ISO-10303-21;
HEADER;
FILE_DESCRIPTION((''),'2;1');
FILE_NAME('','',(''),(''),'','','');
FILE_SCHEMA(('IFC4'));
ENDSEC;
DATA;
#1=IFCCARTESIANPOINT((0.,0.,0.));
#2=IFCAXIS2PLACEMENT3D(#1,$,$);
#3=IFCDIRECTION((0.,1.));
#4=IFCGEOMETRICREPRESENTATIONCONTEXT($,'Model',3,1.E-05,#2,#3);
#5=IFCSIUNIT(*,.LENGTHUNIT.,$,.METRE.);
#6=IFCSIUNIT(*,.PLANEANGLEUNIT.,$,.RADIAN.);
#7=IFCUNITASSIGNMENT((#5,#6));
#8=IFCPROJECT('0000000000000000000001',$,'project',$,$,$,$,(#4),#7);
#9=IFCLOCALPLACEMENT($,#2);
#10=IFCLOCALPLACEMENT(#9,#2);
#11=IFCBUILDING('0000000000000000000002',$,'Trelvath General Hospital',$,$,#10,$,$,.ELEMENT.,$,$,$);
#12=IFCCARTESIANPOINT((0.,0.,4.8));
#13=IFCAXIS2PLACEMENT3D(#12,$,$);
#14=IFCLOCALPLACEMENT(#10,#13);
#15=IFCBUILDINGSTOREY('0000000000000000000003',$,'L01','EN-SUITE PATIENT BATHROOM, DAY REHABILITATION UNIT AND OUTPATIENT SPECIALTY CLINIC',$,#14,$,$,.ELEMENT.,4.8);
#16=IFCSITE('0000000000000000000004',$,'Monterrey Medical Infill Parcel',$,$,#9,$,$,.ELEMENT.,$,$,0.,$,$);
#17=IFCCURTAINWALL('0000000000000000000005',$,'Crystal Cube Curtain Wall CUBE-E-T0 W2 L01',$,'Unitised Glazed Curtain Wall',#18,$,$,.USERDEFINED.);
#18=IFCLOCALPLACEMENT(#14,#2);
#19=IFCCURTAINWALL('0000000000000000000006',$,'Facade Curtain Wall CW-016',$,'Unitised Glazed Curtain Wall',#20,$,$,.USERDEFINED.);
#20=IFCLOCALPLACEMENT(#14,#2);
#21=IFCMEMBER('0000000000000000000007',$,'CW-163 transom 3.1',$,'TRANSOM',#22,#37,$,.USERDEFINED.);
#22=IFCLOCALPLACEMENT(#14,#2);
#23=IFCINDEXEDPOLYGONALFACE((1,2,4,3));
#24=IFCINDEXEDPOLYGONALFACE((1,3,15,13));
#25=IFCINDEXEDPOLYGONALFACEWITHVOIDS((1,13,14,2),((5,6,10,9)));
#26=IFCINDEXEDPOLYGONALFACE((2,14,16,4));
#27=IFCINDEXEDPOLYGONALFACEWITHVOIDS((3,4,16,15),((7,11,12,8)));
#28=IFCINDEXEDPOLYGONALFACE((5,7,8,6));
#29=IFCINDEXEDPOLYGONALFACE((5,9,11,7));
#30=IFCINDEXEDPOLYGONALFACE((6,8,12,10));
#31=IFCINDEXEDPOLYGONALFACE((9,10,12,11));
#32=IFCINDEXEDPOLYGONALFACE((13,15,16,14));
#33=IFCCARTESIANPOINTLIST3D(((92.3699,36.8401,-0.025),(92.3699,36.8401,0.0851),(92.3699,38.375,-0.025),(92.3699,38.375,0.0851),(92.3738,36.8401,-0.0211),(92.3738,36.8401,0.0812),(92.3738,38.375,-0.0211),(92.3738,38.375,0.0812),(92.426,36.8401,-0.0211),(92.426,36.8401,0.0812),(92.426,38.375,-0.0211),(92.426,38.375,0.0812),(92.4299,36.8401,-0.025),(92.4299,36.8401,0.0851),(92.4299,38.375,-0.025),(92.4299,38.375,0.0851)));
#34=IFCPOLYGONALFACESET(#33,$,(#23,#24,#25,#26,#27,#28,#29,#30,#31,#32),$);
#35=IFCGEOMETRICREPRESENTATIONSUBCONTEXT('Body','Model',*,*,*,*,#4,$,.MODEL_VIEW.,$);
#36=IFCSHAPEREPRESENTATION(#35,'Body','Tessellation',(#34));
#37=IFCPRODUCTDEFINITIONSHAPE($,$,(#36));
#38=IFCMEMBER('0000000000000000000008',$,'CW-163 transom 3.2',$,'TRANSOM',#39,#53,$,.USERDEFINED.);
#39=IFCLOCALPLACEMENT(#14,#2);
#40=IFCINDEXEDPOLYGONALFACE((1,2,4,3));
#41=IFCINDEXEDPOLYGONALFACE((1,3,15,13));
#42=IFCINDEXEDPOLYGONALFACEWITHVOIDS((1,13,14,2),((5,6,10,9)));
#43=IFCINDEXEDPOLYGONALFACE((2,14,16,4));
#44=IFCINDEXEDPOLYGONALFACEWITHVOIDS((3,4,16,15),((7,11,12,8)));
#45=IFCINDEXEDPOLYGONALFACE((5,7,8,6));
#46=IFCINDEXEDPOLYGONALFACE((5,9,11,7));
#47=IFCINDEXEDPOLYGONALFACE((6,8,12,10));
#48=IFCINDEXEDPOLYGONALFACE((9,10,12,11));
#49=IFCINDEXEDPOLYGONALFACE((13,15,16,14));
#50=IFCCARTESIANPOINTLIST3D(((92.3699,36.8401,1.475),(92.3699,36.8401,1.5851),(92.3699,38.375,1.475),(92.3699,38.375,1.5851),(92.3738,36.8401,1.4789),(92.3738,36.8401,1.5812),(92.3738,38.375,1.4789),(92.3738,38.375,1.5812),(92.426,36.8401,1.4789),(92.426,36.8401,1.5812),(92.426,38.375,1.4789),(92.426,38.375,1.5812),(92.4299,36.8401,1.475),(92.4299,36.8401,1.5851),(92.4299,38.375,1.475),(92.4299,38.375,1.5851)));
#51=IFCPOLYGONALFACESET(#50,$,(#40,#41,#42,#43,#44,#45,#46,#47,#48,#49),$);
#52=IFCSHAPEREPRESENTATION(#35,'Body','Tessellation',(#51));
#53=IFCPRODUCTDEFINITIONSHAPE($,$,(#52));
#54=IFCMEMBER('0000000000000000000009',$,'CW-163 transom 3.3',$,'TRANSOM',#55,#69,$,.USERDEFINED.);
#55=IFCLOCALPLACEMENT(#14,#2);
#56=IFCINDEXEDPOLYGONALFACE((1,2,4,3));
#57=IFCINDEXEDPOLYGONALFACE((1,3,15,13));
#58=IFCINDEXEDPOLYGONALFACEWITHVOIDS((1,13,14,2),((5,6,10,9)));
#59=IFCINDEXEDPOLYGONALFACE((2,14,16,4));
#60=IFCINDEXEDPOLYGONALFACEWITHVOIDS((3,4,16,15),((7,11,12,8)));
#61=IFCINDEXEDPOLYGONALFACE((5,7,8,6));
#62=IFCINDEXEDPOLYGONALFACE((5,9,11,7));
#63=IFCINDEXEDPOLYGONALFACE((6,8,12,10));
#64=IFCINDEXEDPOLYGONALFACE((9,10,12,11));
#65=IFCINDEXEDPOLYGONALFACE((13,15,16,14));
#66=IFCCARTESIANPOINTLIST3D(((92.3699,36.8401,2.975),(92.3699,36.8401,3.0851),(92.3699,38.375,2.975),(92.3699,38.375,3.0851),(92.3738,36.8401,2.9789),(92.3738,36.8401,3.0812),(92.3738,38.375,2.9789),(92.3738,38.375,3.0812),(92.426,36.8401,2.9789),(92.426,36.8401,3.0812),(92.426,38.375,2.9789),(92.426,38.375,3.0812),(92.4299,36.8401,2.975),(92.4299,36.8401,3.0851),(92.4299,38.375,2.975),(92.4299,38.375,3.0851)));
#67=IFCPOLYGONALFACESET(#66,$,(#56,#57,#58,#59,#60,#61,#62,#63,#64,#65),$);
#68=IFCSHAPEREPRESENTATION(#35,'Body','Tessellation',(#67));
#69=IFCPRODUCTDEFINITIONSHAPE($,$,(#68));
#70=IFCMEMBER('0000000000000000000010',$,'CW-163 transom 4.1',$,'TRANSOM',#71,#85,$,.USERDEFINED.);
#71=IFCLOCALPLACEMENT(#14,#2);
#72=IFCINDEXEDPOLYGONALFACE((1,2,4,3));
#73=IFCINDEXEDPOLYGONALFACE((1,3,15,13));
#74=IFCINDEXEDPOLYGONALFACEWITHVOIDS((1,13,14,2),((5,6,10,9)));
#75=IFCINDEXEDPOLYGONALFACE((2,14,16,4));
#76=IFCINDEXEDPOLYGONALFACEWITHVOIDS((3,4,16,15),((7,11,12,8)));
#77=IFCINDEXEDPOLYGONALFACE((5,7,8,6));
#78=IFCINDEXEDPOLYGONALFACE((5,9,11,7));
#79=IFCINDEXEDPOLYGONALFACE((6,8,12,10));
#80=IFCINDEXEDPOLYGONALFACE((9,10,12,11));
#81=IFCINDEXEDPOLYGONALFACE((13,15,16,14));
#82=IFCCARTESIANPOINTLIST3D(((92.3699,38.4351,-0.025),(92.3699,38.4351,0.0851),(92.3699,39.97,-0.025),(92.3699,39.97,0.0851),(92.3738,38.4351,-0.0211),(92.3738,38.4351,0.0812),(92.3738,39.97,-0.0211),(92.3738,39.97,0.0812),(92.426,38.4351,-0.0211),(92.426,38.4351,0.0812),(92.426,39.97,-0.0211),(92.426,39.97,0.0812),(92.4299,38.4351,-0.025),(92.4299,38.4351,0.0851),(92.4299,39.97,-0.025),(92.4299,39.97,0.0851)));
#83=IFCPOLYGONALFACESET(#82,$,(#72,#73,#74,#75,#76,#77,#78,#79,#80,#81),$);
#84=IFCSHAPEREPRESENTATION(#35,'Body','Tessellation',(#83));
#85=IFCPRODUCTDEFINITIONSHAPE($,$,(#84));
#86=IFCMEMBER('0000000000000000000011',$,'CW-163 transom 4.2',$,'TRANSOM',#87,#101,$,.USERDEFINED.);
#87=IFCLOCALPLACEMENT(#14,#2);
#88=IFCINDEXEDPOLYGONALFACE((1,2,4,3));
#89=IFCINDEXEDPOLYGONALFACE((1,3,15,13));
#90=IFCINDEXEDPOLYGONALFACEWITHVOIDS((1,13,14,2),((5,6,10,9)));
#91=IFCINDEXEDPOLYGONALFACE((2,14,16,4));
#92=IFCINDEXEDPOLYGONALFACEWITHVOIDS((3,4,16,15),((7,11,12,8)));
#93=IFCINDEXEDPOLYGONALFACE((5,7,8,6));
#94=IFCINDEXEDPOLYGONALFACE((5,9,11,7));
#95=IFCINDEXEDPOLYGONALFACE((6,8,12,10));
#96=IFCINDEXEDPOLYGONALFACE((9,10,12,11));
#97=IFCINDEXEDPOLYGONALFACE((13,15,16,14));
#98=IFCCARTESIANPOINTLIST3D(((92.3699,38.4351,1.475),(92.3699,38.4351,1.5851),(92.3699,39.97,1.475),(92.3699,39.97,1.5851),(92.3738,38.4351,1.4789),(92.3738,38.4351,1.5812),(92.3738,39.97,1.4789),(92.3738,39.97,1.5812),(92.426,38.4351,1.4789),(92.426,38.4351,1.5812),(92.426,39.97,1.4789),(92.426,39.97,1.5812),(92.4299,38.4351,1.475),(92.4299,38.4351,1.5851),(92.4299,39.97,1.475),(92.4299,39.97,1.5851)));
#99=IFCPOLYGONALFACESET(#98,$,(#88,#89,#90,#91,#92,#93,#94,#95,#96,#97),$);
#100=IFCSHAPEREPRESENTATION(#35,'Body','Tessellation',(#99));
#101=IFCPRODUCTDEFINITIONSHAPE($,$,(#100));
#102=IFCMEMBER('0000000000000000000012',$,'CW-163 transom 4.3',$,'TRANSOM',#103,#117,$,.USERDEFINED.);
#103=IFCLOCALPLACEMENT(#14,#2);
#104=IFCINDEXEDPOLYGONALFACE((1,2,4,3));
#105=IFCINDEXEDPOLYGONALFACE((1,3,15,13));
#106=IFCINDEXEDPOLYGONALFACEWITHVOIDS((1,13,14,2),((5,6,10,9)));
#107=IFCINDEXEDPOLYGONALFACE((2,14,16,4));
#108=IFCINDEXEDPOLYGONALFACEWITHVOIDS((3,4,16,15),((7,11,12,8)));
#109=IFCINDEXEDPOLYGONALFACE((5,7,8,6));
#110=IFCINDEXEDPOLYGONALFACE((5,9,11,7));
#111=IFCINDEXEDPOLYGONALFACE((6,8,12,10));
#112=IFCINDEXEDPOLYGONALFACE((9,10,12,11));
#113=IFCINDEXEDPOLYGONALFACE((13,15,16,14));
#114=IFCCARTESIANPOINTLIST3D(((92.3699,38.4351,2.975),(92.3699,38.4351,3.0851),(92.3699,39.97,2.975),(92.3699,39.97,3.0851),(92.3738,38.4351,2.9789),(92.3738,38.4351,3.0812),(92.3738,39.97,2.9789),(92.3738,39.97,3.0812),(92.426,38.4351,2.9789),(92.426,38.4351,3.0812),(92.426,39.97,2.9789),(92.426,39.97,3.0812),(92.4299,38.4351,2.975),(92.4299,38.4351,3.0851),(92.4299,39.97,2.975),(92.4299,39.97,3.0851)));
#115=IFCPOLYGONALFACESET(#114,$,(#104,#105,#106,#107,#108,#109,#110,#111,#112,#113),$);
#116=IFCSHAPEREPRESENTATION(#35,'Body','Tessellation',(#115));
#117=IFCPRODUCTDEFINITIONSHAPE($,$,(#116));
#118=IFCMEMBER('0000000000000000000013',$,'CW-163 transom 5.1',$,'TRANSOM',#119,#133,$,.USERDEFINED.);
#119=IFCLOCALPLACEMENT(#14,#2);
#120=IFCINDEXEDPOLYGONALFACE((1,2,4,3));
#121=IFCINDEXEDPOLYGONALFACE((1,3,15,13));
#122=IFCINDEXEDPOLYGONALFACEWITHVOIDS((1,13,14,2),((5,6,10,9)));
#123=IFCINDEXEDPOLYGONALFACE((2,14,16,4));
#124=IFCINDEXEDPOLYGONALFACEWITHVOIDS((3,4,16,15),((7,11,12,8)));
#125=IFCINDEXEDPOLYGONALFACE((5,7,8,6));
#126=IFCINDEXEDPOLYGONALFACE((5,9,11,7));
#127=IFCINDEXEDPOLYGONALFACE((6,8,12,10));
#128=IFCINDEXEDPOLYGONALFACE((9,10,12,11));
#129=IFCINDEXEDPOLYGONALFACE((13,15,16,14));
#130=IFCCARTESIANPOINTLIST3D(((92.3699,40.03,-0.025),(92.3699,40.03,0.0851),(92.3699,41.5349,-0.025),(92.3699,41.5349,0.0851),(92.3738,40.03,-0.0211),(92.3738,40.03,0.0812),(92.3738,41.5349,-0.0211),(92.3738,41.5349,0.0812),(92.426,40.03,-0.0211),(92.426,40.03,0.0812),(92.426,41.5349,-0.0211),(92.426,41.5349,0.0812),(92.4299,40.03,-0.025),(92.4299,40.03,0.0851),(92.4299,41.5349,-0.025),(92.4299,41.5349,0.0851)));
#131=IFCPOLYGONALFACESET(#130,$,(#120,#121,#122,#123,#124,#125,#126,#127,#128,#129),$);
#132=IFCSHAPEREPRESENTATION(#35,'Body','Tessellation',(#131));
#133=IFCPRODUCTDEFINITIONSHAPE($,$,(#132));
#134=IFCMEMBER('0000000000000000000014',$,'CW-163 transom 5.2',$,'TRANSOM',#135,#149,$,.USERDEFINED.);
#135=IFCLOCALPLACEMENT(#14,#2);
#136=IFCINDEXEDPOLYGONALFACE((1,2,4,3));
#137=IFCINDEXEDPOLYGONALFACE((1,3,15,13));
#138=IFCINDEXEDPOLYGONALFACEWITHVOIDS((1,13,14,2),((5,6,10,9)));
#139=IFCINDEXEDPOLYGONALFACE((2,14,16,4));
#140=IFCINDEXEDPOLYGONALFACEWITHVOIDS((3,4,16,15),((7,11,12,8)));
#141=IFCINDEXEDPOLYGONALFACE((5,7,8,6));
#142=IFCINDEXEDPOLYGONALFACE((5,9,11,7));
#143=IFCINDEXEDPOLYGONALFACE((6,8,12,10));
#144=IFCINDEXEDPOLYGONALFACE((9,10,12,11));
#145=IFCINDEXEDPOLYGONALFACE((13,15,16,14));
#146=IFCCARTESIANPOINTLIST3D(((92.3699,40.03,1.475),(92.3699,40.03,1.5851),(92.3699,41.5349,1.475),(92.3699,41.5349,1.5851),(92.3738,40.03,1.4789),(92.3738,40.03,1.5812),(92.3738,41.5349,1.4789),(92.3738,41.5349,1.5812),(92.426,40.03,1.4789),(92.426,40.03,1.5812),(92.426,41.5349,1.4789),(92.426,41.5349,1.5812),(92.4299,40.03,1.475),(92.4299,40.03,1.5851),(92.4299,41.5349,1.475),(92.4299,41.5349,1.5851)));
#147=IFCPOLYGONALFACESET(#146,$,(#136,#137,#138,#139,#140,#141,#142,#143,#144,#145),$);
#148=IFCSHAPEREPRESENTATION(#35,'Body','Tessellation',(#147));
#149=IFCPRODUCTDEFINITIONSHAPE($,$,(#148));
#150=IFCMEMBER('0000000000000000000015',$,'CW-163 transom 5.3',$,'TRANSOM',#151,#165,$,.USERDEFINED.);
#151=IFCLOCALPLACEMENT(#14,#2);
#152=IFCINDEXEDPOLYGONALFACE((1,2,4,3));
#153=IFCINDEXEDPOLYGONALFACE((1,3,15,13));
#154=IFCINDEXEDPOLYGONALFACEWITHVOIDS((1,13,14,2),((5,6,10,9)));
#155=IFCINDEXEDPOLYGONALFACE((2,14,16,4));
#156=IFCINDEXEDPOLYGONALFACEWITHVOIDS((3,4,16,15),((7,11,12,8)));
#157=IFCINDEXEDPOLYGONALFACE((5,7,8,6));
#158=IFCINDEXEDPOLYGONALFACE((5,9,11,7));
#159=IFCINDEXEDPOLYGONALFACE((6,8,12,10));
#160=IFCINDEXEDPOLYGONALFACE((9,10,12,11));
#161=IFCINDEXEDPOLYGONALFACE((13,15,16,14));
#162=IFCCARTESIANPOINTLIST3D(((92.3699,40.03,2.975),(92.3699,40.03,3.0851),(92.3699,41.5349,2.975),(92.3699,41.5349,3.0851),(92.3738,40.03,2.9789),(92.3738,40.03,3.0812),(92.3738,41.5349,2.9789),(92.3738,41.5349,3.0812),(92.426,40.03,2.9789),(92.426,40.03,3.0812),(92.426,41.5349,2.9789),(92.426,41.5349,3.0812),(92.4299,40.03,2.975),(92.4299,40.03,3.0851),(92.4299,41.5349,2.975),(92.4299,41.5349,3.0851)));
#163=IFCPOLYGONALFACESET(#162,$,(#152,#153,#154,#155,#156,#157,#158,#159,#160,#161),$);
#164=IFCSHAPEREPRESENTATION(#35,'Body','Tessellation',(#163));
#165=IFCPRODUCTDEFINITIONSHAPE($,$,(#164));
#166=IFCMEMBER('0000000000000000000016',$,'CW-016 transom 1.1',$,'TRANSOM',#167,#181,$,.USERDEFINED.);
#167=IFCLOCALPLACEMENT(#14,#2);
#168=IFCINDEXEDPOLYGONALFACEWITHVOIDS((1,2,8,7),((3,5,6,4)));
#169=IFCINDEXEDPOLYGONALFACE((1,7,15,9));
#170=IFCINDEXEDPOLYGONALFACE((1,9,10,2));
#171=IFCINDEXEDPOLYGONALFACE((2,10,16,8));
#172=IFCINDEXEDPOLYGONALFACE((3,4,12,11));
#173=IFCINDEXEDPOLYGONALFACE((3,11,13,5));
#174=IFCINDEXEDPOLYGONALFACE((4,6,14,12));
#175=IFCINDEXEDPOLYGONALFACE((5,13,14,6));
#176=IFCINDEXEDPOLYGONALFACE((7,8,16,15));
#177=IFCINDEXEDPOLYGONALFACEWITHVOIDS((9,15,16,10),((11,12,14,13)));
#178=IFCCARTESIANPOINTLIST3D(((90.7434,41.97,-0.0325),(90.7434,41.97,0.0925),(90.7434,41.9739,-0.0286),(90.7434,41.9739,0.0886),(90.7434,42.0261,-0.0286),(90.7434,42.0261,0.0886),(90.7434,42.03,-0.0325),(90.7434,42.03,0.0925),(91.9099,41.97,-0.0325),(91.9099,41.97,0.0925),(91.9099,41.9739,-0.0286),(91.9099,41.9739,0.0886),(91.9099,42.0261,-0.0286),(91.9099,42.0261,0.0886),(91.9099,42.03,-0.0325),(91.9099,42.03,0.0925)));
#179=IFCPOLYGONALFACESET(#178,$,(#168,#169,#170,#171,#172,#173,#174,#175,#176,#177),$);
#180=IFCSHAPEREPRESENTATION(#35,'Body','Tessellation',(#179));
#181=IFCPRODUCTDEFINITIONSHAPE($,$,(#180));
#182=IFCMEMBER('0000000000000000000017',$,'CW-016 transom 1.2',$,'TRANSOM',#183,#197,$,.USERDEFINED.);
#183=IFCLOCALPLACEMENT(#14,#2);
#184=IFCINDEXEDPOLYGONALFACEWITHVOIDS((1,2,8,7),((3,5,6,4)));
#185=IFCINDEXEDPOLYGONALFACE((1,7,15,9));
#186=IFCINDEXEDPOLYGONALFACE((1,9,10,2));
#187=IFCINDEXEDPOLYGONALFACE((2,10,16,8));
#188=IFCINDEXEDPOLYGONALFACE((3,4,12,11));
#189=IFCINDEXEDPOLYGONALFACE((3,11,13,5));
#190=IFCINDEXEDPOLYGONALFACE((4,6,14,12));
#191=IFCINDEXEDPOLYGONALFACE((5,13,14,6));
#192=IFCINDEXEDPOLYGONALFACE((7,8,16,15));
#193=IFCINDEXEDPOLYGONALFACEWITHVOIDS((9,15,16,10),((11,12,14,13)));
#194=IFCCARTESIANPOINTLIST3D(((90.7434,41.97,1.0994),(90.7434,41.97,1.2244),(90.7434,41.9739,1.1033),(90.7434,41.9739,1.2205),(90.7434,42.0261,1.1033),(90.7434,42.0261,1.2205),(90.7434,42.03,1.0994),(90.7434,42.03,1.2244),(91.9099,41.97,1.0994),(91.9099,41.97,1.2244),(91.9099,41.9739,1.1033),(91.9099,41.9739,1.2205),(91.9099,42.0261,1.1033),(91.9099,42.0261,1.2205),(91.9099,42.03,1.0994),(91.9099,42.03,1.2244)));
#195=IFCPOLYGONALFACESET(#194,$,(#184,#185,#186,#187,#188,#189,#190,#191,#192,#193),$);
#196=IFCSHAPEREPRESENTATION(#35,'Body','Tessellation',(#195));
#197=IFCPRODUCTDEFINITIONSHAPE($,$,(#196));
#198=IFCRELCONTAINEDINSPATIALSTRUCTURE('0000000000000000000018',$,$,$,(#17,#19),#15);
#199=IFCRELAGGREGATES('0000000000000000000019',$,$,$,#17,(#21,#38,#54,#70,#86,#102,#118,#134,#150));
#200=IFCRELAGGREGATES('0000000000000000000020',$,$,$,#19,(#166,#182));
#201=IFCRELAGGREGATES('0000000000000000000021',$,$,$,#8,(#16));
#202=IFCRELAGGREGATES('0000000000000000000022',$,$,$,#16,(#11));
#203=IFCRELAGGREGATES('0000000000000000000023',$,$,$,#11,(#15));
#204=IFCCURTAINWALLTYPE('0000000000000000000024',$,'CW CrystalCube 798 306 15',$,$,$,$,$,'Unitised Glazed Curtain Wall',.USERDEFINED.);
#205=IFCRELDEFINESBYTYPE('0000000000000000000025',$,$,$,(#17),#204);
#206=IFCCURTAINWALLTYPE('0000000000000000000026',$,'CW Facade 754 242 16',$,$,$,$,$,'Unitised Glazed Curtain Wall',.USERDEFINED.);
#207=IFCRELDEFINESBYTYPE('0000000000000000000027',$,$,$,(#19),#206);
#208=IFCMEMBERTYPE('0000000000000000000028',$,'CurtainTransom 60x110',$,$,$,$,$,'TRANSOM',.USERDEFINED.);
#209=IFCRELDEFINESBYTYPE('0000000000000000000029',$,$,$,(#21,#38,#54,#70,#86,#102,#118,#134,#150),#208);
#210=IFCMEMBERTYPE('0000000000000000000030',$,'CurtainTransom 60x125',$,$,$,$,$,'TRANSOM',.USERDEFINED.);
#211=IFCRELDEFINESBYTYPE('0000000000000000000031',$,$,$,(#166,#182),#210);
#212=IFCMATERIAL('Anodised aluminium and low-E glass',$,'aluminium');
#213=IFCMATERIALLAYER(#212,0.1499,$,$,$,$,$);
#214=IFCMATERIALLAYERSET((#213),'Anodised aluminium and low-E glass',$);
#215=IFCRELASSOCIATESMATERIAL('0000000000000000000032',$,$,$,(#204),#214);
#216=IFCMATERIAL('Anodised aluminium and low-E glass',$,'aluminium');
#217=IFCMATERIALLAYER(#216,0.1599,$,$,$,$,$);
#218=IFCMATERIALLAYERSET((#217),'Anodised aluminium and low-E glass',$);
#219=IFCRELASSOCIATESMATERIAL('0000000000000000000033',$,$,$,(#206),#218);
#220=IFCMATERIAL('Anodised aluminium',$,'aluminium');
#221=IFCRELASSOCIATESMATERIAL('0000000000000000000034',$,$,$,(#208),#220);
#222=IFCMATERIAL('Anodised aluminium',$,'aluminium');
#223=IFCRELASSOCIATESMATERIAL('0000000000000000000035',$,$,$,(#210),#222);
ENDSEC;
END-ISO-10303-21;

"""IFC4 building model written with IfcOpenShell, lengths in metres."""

from ifc_helpers import new_model, si_unit, direction, frame, origin, origin_2d, place, context, subcontext, project, spatial, hollow_rectangle, extrude, material, layer, layer_set, material_profile, profile_set, type_object, element, aggregate, save


model = new_model("IFC4")

# Units and contexts
model_context = context("Model", 3, precision=1e-05, world=origin(), true_north=direction((0.0, 1.0)))
body_context = subcontext(model_context, "Body", "Model", "MODEL_VIEW")
ifc_project = project(units=[si_unit("LENGTHUNIT", "METRE"), si_unit("PLANEANGLEUNIT", "RADIAN")], contexts=[model_context])

# Site, building, storey
site_placement = place(None, origin())
site = spatial("IfcSite", under=ifc_project, at=site_placement, Name="Monterrey Medical Infill Parcel", CompositionType="ELEMENT", RefElevation=0.0)
building_placement = place(site_placement, origin())
building = spatial("IfcBuilding", under=site, at=building_placement, Name="Trelvath General Hospital", CompositionType="ELEMENT")
storey_placement = place(building_placement, frame((0.0, 0.0, 4.8)))
storey = spatial("IfcBuildingStorey", under=building, at=storey_placement, Name="L01", Description="EN-SUITE PATIENT BATHROOM, DAY REHABILITATION UNIT AND OUTPATIENT SPECIALTY CLINIC", CompositionType="ELEMENT", Elevation=4.8)

# Curtain wall
ifc_material_1 = material(Name="Anodised aluminium and low-E glass", Category="aluminium")
ifc_layer_1 = layer(ifc_material_1, 0.1499)
ifc_layer_set_1 = layer_set([ifc_layer_1], Name="Anodised aluminium and low-E glass")
curtain_wall_type_1 = type_object("IfcCurtainWallType", Name="CW CrystalCube 798 306 15", ElementType="Unitised Glazed Curtain Wall", PredefinedType="USERDEFINED", material=ifc_layer_set_1)
curtain_wall_1_placement = place(storey_placement, origin())
curtain_wall_1 = element("IfcCurtainWall", 1, at=curtain_wall_1_placement, inside=storey, type_object=curtain_wall_type_1, Name="Crystal Cube Curtain Wall CUBE-E-T0 W2 L01", ObjectType="Unitised Glazed Curtain Wall", PredefinedType="USERDEFINED")

# Curtain wall
ifc_material_2 = material(Name="Anodised aluminium and low-E glass", Category="aluminium")
ifc_layer_2 = layer(ifc_material_2, 0.1599)
ifc_layer_set_2 = layer_set([ifc_layer_2], Name="Anodised aluminium and low-E glass")
curtain_wall_type_2 = type_object("IfcCurtainWallType", Name="CW Facade 754 242 16", ElementType="Unitised Glazed Curtain Wall", PredefinedType="USERDEFINED", material=ifc_layer_set_2)
curtain_wall_2_placement = place(storey_placement, origin())
curtain_wall_2 = element("IfcCurtainWall", 2, at=curtain_wall_2_placement, inside=storey, type_object=curtain_wall_type_2, Name="Facade Curtain Wall CW-016", ObjectType="Unitised Glazed Curtain Wall", PredefinedType="USERDEFINED")

# Members
ifc_material_3 = material(Name="Anodised aluminium", Category="aluminium")
ifc_material_profile_1 = material_profile(ifc_material_3, hollow_rectangle(XDim=0.0601, YDim=0.1101, WallThickness=0.0039, at=origin_2d()), Name="RHS60x110x4")
ifc_profile_set_1 = profile_set([ifc_material_profile_1], Name="Anodised aluminium")
member_type_1 = type_object("IfcMemberType", Name="CurtainTransom 60x110", ElementType="TRANSOM", PredefinedType="USERDEFINED", material=ifc_profile_set_1)
member_1_placement = place(storey_placement, frame((92.3999, 36.8401, 0.03), z_axis=(0.0, 1.0, 0.0), x_axis=(-1.0, 0.0, 0.0)))
member_1 = element("IfcMember", 3, at=member_1_placement, type_object=member_type_1, Name="CW-163 transom 3.1", ObjectType="TRANSOM", PredefinedType="USERDEFINED", context=body_context, shape_type="SweptSolid", body=[
    extrude(hollow_rectangle(XDim=0.0601, YDim=0.1101, WallThickness=0.0039, at=origin_2d()), origin(), (0.0, 0.0, 1.0), 1.5349),
])
member_2_placement = place(storey_placement, frame((92.3999, 36.8401, 1.53), z_axis=(0.0, 1.0, 0.0), x_axis=(-1.0, 0.0, 0.0)))
member_2 = element("IfcMember", 4, at=member_2_placement, type_object=member_type_1, Name="CW-163 transom 3.2", ObjectType="TRANSOM", PredefinedType="USERDEFINED", context=body_context, shape_type="SweptSolid", body=[
    extrude(hollow_rectangle(XDim=0.0601, YDim=0.1101, WallThickness=0.0039, at=origin_2d()), origin(), (0.0, 0.0, 1.0), 1.5349),
])
member_3_placement = place(storey_placement, frame((92.3999, 36.8401, 3.03), z_axis=(0.0, 1.0, 0.0), x_axis=(-1.0, 0.0, 0.0)))
member_3 = element("IfcMember", 5, at=member_3_placement, type_object=member_type_1, Name="CW-163 transom 3.3", ObjectType="TRANSOM", PredefinedType="USERDEFINED", context=body_context, shape_type="SweptSolid", body=[
    extrude(hollow_rectangle(XDim=0.0601, YDim=0.1101, WallThickness=0.0039, at=origin_2d()), origin(), (0.0, 0.0, 1.0), 1.5349),
])
member_4_placement = place(storey_placement, frame((92.3999, 38.4351, 0.03), z_axis=(0.0, 1.0, 0.0), x_axis=(-1.0, 0.0, 0.0)))
member_4 = element("IfcMember", 6, at=member_4_placement, type_object=member_type_1, Name="CW-163 transom 4.1", ObjectType="TRANSOM", PredefinedType="USERDEFINED", context=body_context, shape_type="SweptSolid", body=[
    extrude(hollow_rectangle(XDim=0.0601, YDim=0.1101, WallThickness=0.0039, at=origin_2d()), origin(), (0.0, 0.0, 1.0), 1.5349),
])
member_5_placement = place(storey_placement, frame((92.3999, 38.4351, 1.53), z_axis=(0.0, 1.0, 0.0), x_axis=(-1.0, 0.0, 0.0)))
member_5 = element("IfcMember", 7, at=member_5_placement, type_object=member_type_1, Name="CW-163 transom 4.2", ObjectType="TRANSOM", PredefinedType="USERDEFINED", context=body_context, shape_type="SweptSolid", body=[
    extrude(hollow_rectangle(XDim=0.0601, YDim=0.1101, WallThickness=0.0039, at=origin_2d()), origin(), (0.0, 0.0, 1.0), 1.5349),
])
member_6_placement = place(storey_placement, frame((92.3999, 38.4351, 3.03), z_axis=(0.0, 1.0, 0.0), x_axis=(-1.0, 0.0, 0.0)))
member_6 = element("IfcMember", 8, at=member_6_placement, type_object=member_type_1, Name="CW-163 transom 4.3", ObjectType="TRANSOM", PredefinedType="USERDEFINED", context=body_context, shape_type="SweptSolid", body=[
    extrude(hollow_rectangle(XDim=0.0601, YDim=0.1101, WallThickness=0.0039, at=origin_2d()), origin(), (0.0, 0.0, 1.0), 1.5349),
])
member_7_placement = place(storey_placement, frame((92.3999, 40.03, 0.03), z_axis=(0.0, 1.0, 0.0), x_axis=(-1.0, 0.0, 0.0)))
member_7 = element("IfcMember", 9, at=member_7_placement, type_object=member_type_1, Name="CW-163 transom 5.1", ObjectType="TRANSOM", PredefinedType="USERDEFINED", context=body_context, shape_type="SweptSolid", body=[
    extrude(hollow_rectangle(XDim=0.0601, YDim=0.1101, WallThickness=0.0039, at=origin_2d()), origin(), (0.0, 0.0, 1.0), 1.5049),
])
member_8_placement = place(storey_placement, frame((92.3999, 40.03, 1.53), z_axis=(0.0, 1.0, 0.0), x_axis=(-1.0, 0.0, 0.0)))
member_8 = element("IfcMember", 10, at=member_8_placement, type_object=member_type_1, Name="CW-163 transom 5.2", ObjectType="TRANSOM", PredefinedType="USERDEFINED", context=body_context, shape_type="SweptSolid", body=[
    extrude(hollow_rectangle(XDim=0.0601, YDim=0.1101, WallThickness=0.0039, at=origin_2d()), origin(), (0.0, 0.0, 1.0), 1.5049),
])
member_9_placement = place(storey_placement, frame((92.3999, 40.03, 3.03), z_axis=(0.0, 1.0, 0.0), x_axis=(-1.0, 0.0, 0.0)))
member_9 = element("IfcMember", 11, at=member_9_placement, type_object=member_type_1, Name="CW-163 transom 5.3", ObjectType="TRANSOM", PredefinedType="USERDEFINED", context=body_context, shape_type="SweptSolid", body=[
    extrude(hollow_rectangle(XDim=0.0601, YDim=0.1101, WallThickness=0.0039, at=origin_2d()), origin(), (0.0, 0.0, 1.0), 1.5049),
])
ifc_material_4 = material(Name="Anodised aluminium", Category="aluminium")
ifc_material_profile_2 = material_profile(ifc_material_4, hollow_rectangle(XDim=0.0601, YDim=0.125, WallThickness=0.0039, at=origin_2d()), Name="RHS60x125x4")
ifc_profile_set_2 = profile_set([ifc_material_profile_2], Name="Anodised aluminium")
member_type_2 = type_object("IfcMemberType", Name="CurtainTransom 60x125", ElementType="TRANSOM", PredefinedType="USERDEFINED", material=ifc_profile_set_2)
member_10_placement = place(storey_placement, frame((91.9099, 42.0, 0.03), z_axis=(-1.0, 0.0, 0.0), x_axis=(0.0, -1.0, 0.0)))
member_10 = element("IfcMember", 12, at=member_10_placement, type_object=member_type_2, Name="CW-016 transom 1.1", ObjectType="TRANSOM", PredefinedType="USERDEFINED", context=body_context, shape_type="SweptSolid", body=[
    extrude(hollow_rectangle(XDim=0.0601, YDim=0.125, WallThickness=0.0039, at=origin_2d()), origin(), (0.0, 0.0, 1.0), 1.1665),
])
member_11_placement = place(storey_placement, frame((91.9099, 42.0, 1.1619), z_axis=(-1.0, 0.0, 0.0), x_axis=(0.0, -1.0, 0.0)))
member_11 = element("IfcMember", 13, at=member_11_placement, type_object=member_type_2, Name="CW-016 transom 1.2", ObjectType="TRANSOM", PredefinedType="USERDEFINED", context=body_context, shape_type="SweptSolid", body=[
    extrude(hollow_rectangle(XDim=0.0601, YDim=0.125, WallThickness=0.0039, at=origin_2d()), origin(), (0.0, 0.0, 1.0), 1.1665),
])

aggregate(curtain_wall_1, [member_1, member_2, member_3, member_4, member_5, member_6, member_7, member_8, member_9])
aggregate(curtain_wall_2, [member_10, member_11])

save(model, "model.ifc")
